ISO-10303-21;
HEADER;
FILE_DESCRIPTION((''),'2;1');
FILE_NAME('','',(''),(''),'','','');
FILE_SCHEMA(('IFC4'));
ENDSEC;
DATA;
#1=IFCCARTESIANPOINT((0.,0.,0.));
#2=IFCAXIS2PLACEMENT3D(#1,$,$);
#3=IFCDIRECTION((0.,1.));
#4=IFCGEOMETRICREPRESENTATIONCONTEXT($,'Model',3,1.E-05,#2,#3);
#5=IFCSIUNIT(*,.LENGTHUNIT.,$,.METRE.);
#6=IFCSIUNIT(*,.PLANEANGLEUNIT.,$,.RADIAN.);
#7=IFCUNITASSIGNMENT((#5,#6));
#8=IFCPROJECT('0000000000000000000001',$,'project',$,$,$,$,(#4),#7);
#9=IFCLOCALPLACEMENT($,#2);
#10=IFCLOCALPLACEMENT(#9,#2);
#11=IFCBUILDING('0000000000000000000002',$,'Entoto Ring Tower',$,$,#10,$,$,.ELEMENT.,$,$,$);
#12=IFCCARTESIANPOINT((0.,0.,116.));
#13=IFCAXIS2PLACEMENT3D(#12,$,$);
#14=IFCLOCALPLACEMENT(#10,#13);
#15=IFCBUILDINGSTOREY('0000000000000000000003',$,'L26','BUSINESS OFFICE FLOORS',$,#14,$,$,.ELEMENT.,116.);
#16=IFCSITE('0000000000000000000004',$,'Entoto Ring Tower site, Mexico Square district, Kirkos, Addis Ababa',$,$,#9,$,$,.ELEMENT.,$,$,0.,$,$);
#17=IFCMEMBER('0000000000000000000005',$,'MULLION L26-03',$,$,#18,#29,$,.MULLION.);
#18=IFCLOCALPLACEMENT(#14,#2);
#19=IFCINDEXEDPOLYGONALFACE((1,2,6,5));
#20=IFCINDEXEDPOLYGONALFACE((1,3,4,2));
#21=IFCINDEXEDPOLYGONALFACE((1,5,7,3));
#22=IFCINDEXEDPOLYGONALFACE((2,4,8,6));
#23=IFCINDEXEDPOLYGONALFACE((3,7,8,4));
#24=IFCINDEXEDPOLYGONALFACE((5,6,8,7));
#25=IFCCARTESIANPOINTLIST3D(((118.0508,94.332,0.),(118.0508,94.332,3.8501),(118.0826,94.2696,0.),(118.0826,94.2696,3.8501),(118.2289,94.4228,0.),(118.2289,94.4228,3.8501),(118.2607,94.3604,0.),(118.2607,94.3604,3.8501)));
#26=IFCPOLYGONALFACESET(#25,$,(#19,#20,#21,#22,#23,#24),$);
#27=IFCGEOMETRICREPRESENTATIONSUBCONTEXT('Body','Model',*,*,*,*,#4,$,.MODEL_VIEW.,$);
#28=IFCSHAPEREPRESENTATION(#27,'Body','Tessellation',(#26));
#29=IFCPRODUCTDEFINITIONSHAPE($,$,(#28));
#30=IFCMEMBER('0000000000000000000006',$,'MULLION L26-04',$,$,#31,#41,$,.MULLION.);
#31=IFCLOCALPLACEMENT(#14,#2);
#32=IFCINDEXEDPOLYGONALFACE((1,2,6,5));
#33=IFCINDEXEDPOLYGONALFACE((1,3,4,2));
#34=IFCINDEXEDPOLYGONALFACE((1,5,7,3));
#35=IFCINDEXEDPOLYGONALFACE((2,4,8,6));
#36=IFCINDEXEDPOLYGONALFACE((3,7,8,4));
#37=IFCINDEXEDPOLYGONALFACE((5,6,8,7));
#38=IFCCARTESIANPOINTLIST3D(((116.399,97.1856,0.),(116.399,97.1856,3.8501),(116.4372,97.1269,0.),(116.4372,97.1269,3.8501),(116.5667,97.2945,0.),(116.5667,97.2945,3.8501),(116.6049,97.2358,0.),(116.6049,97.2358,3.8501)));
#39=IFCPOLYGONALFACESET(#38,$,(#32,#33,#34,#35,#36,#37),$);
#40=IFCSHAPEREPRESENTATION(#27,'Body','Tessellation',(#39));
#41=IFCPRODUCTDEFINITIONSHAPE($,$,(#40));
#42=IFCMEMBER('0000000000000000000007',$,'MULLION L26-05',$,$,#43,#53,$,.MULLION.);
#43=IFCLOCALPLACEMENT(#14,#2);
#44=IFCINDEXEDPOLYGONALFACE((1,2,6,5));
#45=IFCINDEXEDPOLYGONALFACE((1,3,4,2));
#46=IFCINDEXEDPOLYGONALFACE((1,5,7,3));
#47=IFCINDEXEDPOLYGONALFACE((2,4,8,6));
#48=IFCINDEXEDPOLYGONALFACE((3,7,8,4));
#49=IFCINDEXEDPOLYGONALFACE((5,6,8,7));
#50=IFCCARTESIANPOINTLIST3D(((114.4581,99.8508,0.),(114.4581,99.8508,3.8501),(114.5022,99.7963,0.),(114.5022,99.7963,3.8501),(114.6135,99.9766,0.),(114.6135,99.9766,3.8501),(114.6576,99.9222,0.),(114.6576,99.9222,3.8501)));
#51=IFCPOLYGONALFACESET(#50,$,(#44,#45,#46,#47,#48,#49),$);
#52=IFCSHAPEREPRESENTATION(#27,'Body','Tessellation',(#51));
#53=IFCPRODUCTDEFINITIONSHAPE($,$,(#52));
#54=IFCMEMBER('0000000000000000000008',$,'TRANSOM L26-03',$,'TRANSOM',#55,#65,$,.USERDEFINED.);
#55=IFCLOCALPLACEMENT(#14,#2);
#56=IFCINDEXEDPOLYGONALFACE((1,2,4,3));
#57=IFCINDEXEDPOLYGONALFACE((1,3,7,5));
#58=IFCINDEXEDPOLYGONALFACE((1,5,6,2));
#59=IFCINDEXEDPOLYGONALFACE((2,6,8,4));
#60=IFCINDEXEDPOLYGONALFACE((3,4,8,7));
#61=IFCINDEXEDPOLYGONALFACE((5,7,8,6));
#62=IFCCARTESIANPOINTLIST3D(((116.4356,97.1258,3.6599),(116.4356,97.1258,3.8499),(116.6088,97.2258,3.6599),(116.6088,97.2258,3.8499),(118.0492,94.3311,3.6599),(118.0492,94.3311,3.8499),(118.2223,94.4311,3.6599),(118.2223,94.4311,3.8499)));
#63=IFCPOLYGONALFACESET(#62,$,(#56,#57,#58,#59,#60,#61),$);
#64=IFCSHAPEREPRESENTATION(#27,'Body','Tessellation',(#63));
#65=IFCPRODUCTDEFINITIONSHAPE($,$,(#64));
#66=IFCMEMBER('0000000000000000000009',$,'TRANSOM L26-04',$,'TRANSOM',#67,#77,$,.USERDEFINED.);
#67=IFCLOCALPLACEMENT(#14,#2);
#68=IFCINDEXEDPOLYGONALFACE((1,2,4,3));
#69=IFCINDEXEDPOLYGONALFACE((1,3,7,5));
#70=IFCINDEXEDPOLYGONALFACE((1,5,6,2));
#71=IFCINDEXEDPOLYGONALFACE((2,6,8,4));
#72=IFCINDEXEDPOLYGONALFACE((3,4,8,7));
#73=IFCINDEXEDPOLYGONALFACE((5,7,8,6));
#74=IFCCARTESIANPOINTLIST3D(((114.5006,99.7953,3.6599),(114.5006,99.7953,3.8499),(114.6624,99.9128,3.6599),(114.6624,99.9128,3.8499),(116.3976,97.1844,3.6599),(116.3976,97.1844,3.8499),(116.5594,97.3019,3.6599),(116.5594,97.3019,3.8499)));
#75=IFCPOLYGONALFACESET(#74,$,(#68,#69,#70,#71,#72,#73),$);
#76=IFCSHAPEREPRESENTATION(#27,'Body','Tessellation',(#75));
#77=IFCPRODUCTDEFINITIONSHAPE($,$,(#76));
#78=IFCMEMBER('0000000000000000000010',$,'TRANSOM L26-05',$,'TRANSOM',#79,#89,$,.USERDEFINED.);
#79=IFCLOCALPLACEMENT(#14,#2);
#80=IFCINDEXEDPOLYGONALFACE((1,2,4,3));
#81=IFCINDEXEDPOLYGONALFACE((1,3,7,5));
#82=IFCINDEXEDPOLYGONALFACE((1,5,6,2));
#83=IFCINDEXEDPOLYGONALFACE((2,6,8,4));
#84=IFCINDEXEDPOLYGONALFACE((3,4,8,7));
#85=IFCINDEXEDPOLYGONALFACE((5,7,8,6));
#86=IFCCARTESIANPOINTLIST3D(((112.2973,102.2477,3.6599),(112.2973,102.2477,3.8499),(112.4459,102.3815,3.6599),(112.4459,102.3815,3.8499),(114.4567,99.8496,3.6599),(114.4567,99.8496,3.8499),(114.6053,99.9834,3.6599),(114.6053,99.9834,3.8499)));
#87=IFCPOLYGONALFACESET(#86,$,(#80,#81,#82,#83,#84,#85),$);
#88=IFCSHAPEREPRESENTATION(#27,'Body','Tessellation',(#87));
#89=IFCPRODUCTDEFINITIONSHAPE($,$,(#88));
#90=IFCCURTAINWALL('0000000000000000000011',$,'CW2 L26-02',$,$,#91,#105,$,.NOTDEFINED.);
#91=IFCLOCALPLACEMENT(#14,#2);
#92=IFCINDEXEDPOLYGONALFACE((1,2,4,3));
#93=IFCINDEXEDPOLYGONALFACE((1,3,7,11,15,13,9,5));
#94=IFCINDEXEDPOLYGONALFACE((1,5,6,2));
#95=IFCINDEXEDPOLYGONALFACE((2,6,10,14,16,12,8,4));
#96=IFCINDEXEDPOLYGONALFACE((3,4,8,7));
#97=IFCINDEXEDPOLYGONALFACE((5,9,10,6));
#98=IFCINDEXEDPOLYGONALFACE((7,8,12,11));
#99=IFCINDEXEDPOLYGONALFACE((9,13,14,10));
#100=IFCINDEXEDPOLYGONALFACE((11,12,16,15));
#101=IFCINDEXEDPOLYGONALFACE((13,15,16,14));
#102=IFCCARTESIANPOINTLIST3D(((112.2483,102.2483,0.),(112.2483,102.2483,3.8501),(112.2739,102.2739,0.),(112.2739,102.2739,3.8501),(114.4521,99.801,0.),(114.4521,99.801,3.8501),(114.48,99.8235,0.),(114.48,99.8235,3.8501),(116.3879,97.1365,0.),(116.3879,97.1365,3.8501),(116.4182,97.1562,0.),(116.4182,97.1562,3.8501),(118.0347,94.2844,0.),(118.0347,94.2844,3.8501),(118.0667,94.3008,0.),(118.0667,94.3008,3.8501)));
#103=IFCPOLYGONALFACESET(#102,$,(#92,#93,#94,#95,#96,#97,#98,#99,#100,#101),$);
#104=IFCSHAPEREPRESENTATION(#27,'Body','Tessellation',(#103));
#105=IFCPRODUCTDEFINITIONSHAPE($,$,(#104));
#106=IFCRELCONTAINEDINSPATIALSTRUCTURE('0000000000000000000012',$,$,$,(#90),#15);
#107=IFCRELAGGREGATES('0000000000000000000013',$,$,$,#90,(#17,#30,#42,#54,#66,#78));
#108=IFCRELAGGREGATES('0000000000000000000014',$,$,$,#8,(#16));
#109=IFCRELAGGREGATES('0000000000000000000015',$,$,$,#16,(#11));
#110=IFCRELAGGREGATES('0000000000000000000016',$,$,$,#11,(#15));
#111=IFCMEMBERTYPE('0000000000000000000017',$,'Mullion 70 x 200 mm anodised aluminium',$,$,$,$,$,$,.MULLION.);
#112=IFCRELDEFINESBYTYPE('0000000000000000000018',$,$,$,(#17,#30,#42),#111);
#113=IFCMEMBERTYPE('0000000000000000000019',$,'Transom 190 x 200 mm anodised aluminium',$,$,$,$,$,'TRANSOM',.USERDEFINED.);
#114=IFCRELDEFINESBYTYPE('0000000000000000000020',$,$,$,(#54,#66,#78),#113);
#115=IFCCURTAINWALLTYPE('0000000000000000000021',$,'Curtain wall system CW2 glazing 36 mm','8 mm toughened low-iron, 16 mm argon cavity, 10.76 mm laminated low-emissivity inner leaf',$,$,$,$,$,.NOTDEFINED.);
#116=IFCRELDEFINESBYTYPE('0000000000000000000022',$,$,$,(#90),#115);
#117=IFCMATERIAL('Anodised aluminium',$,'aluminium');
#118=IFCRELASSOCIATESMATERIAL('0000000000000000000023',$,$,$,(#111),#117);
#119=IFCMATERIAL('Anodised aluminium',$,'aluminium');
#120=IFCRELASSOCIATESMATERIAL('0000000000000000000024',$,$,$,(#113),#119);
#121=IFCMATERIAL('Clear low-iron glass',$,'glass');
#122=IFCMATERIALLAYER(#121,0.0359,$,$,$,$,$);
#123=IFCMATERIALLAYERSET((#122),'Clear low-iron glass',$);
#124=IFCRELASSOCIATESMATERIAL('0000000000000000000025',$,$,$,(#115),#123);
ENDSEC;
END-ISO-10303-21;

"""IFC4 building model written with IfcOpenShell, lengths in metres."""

from ifc_helpers import new_model, si_unit, direction, frame, origin, origin_2d, place, context, subcontext, project, spatial, polyline, rectangle, outline, extrude, material, layer, layer_set, material_profile, profile_set, type_object, element, aggregate, save


model = new_model("IFC4")

# Units and contexts
model_context = context("Model", 3, precision=1e-05, world=origin(), true_north=direction((0.0, 1.0)))
body_context = subcontext(model_context, "Body", "Model", "MODEL_VIEW")
ifc_project = project(units=[si_unit("LENGTHUNIT", "METRE"), si_unit("PLANEANGLEUNIT", "RADIAN")], contexts=[model_context])

# Members
ifc_material_1 = material(Name="Anodised aluminium", Category="aluminium")
ifc_material_profile_1 = material_profile(ifc_material_1, rectangle(XDim=0.0701, YDim=0.2, at=origin_2d()), Name="Mullion 70 x 200 mm anodised aluminium")
ifc_profile_set_1 = profile_set([ifc_material_profile_1], Name="Anodised aluminium")
member_type_1 = type_object("IfcMemberType", Name="Mullion 70 x 200 mm anodised aluminium", PredefinedType="MULLION", material=ifc_profile_set_1)
site_placement = place(None, origin())
building_placement = place(site_placement, origin())
storey_placement = place(building_placement, frame((0.0, 0.0, 116.0)))
member_1_placement = place(storey_placement, frame((118.1558, 94.3462, 0.0), z_axis=(0.0, 0.0, 1.0), x_axis=(-0.45399, 0.891007, 0.0)))
member_1 = element("IfcMember", 1, at=member_1_placement, type_object=member_type_1, Name="MULLION L26-03", PredefinedType="MULLION", context=body_context, shape_type="SweptSolid", body=[
    extrude(rectangle(XDim=0.0701, YDim=0.2, at=origin_2d()), origin(), (0.0, 0.0, 1.0), 3.8501),
])
member_2_placement = place(storey_placement, frame((116.502, 97.2107, 0.0), z_axis=(0.0, 0.0, 1.0), x_axis=(-0.544639, 0.838671, 0.0)))
member_2 = element("IfcMember", 2, at=member_2_placement, type_object=member_type_1, Name="MULLION L26-04", PredefinedType="MULLION", context=body_context, shape_type="SweptSolid", body=[
    extrude(rectangle(XDim=0.0701, YDim=0.2, at=origin_2d()), origin(), (0.0, 0.0, 1.0), 3.8501),
])
member_3_placement = place(storey_placement, frame((114.5579, 99.8865, 0.0), z_axis=(0.0, 0.0, 1.0), x_axis=(-0.62932, 0.777146, 0.0)))
member_3 = element("IfcMember", 3, at=member_3_placement, type_object=member_type_1, Name="MULLION L26-05", PredefinedType="MULLION", context=body_context, shape_type="SweptSolid", body=[
    extrude(rectangle(XDim=0.0701, YDim=0.2, at=origin_2d()), origin(), (0.0, 0.0, 1.0), 3.8501),
])
ifc_material_2 = material(Name="Anodised aluminium", Category="aluminium")
ifc_material_profile_2 = material_profile(ifc_material_2, rectangle(XDim=0.2, YDim=0.1899, at=origin_2d()), Name="Transom 190 x 200 mm anodised aluminium")
ifc_profile_set_2 = profile_set([ifc_material_profile_2], Name="Anodised aluminium")
member_type_2 = type_object("IfcMemberType", Name="Transom 190 x 200 mm anodised aluminium", ElementType="TRANSOM", PredefinedType="USERDEFINED", material=ifc_profile_set_2)
member_4_placement = place(storey_placement, frame((118.1357, 94.3811, 3.7549), z_axis=(-0.500004, 0.866023, 0.0), x_axis=(-0.866023, -0.500004, 0.0)))
member_4 = element("IfcMember", 4, at=member_4_placement, type_object=member_type_2, Name="TRANSOM L26-03", ObjectType="TRANSOM", PredefinedType="USERDEFINED", context=body_context, shape_type="SweptSolid", body=[
    extrude(rectangle(XDim=0.2, YDim=0.1899, at=origin_2d()), origin(), (0.0, 0.0, 1.0), 3.2271),
])
member_5_placement = place(storey_placement, frame((116.4785, 97.2432, 3.7549), z_axis=(-0.587803, 0.809004, 0.0), x_axis=(-0.809004, -0.587803, 0.0)))
member_5 = element("IfcMember", 5, at=member_5_placement, type_object=member_type_2, Name="TRANSOM L26-04", ObjectType="TRANSOM", PredefinedType="USERDEFINED", context=body_context, shape_type="SweptSolid", body=[
    extrude(rectangle(XDim=0.2, YDim=0.1899, at=origin_2d()), origin(), (0.0, 0.0, 1.0), 3.2273),
])
member_6_placement = place(storey_placement, frame((114.531, 99.9165, 3.7549), z_axis=(-0.669144, 0.743132, 0.0), x_axis=(-0.743132, -0.669144, 0.0)))
member_6 = element("IfcMember", 6, at=member_6_placement, type_object=member_type_2, Name="TRANSOM L26-05", ObjectType="TRANSOM", PredefinedType="USERDEFINED", context=body_context, shape_type="SweptSolid", body=[
    extrude(rectangle(XDim=0.2, YDim=0.1899, at=origin_2d()), origin(), (0.0, 0.0, 1.0), 3.2271),
])

# Site, building, storey
site = spatial("IfcSite", under=ifc_project, at=site_placement, Name="Entoto Ring Tower site, Mexico Square district, Kirkos, Addis Ababa", CompositionType="ELEMENT", RefElevation=0.0)
building = spatial("IfcBuilding", under=site, at=building_placement, Name="Entoto Ring Tower", CompositionType="ELEMENT")
storey = spatial("IfcBuildingStorey", under=building, at=storey_placement, Name="L26", Description="BUSINESS OFFICE FLOORS", CompositionType="ELEMENT", Elevation=116.0)

# Curtain wall
ifc_material_3 = material(Name="Clear low-iron glass", Category="glass")
ifc_layer_1 = layer(ifc_material_3, 0.0359)
ifc_layer_set_1 = layer_set([ifc_layer_1], Name="Clear low-iron glass")
curtain_wall_type = type_object("IfcCurtainWallType", Name="Curtain wall system CW2 glazing 36 mm", Description="8 mm toughened low-iron, 16 mm argon cavity, 10.76 mm laminated low-emissivity inner leaf", PredefinedType="NOTDEFINED", material=ifc_layer_set_1)
curtain_wall_1_placement = place(storey_placement, origin())
curtain_wall_1 = element("IfcCurtainWall", 7, at=curtain_wall_1_placement, inside=storey, type_object=curtain_wall_type, Name="CW2 L26-02", PredefinedType="NOTDEFINED", context=body_context, shape_type="SweptSolid", body=[
    extrude(outline(polyline([(118.0667, 94.3008), (116.4182, 97.1562), (114.48, 99.8235), (112.2739, 102.2739), (112.2483, 102.2483), (114.4521, 99.801), (116.3879, 97.1365), (118.0347, 94.2844), (118.0667, 94.3008)])), origin(), (0.0, 0.0, 1.0), 3.8501),
])
aggregate(curtain_wall_1, [member_1, member_2, member_3, member_4, member_5, member_6])

save(model, "model.ifc")
